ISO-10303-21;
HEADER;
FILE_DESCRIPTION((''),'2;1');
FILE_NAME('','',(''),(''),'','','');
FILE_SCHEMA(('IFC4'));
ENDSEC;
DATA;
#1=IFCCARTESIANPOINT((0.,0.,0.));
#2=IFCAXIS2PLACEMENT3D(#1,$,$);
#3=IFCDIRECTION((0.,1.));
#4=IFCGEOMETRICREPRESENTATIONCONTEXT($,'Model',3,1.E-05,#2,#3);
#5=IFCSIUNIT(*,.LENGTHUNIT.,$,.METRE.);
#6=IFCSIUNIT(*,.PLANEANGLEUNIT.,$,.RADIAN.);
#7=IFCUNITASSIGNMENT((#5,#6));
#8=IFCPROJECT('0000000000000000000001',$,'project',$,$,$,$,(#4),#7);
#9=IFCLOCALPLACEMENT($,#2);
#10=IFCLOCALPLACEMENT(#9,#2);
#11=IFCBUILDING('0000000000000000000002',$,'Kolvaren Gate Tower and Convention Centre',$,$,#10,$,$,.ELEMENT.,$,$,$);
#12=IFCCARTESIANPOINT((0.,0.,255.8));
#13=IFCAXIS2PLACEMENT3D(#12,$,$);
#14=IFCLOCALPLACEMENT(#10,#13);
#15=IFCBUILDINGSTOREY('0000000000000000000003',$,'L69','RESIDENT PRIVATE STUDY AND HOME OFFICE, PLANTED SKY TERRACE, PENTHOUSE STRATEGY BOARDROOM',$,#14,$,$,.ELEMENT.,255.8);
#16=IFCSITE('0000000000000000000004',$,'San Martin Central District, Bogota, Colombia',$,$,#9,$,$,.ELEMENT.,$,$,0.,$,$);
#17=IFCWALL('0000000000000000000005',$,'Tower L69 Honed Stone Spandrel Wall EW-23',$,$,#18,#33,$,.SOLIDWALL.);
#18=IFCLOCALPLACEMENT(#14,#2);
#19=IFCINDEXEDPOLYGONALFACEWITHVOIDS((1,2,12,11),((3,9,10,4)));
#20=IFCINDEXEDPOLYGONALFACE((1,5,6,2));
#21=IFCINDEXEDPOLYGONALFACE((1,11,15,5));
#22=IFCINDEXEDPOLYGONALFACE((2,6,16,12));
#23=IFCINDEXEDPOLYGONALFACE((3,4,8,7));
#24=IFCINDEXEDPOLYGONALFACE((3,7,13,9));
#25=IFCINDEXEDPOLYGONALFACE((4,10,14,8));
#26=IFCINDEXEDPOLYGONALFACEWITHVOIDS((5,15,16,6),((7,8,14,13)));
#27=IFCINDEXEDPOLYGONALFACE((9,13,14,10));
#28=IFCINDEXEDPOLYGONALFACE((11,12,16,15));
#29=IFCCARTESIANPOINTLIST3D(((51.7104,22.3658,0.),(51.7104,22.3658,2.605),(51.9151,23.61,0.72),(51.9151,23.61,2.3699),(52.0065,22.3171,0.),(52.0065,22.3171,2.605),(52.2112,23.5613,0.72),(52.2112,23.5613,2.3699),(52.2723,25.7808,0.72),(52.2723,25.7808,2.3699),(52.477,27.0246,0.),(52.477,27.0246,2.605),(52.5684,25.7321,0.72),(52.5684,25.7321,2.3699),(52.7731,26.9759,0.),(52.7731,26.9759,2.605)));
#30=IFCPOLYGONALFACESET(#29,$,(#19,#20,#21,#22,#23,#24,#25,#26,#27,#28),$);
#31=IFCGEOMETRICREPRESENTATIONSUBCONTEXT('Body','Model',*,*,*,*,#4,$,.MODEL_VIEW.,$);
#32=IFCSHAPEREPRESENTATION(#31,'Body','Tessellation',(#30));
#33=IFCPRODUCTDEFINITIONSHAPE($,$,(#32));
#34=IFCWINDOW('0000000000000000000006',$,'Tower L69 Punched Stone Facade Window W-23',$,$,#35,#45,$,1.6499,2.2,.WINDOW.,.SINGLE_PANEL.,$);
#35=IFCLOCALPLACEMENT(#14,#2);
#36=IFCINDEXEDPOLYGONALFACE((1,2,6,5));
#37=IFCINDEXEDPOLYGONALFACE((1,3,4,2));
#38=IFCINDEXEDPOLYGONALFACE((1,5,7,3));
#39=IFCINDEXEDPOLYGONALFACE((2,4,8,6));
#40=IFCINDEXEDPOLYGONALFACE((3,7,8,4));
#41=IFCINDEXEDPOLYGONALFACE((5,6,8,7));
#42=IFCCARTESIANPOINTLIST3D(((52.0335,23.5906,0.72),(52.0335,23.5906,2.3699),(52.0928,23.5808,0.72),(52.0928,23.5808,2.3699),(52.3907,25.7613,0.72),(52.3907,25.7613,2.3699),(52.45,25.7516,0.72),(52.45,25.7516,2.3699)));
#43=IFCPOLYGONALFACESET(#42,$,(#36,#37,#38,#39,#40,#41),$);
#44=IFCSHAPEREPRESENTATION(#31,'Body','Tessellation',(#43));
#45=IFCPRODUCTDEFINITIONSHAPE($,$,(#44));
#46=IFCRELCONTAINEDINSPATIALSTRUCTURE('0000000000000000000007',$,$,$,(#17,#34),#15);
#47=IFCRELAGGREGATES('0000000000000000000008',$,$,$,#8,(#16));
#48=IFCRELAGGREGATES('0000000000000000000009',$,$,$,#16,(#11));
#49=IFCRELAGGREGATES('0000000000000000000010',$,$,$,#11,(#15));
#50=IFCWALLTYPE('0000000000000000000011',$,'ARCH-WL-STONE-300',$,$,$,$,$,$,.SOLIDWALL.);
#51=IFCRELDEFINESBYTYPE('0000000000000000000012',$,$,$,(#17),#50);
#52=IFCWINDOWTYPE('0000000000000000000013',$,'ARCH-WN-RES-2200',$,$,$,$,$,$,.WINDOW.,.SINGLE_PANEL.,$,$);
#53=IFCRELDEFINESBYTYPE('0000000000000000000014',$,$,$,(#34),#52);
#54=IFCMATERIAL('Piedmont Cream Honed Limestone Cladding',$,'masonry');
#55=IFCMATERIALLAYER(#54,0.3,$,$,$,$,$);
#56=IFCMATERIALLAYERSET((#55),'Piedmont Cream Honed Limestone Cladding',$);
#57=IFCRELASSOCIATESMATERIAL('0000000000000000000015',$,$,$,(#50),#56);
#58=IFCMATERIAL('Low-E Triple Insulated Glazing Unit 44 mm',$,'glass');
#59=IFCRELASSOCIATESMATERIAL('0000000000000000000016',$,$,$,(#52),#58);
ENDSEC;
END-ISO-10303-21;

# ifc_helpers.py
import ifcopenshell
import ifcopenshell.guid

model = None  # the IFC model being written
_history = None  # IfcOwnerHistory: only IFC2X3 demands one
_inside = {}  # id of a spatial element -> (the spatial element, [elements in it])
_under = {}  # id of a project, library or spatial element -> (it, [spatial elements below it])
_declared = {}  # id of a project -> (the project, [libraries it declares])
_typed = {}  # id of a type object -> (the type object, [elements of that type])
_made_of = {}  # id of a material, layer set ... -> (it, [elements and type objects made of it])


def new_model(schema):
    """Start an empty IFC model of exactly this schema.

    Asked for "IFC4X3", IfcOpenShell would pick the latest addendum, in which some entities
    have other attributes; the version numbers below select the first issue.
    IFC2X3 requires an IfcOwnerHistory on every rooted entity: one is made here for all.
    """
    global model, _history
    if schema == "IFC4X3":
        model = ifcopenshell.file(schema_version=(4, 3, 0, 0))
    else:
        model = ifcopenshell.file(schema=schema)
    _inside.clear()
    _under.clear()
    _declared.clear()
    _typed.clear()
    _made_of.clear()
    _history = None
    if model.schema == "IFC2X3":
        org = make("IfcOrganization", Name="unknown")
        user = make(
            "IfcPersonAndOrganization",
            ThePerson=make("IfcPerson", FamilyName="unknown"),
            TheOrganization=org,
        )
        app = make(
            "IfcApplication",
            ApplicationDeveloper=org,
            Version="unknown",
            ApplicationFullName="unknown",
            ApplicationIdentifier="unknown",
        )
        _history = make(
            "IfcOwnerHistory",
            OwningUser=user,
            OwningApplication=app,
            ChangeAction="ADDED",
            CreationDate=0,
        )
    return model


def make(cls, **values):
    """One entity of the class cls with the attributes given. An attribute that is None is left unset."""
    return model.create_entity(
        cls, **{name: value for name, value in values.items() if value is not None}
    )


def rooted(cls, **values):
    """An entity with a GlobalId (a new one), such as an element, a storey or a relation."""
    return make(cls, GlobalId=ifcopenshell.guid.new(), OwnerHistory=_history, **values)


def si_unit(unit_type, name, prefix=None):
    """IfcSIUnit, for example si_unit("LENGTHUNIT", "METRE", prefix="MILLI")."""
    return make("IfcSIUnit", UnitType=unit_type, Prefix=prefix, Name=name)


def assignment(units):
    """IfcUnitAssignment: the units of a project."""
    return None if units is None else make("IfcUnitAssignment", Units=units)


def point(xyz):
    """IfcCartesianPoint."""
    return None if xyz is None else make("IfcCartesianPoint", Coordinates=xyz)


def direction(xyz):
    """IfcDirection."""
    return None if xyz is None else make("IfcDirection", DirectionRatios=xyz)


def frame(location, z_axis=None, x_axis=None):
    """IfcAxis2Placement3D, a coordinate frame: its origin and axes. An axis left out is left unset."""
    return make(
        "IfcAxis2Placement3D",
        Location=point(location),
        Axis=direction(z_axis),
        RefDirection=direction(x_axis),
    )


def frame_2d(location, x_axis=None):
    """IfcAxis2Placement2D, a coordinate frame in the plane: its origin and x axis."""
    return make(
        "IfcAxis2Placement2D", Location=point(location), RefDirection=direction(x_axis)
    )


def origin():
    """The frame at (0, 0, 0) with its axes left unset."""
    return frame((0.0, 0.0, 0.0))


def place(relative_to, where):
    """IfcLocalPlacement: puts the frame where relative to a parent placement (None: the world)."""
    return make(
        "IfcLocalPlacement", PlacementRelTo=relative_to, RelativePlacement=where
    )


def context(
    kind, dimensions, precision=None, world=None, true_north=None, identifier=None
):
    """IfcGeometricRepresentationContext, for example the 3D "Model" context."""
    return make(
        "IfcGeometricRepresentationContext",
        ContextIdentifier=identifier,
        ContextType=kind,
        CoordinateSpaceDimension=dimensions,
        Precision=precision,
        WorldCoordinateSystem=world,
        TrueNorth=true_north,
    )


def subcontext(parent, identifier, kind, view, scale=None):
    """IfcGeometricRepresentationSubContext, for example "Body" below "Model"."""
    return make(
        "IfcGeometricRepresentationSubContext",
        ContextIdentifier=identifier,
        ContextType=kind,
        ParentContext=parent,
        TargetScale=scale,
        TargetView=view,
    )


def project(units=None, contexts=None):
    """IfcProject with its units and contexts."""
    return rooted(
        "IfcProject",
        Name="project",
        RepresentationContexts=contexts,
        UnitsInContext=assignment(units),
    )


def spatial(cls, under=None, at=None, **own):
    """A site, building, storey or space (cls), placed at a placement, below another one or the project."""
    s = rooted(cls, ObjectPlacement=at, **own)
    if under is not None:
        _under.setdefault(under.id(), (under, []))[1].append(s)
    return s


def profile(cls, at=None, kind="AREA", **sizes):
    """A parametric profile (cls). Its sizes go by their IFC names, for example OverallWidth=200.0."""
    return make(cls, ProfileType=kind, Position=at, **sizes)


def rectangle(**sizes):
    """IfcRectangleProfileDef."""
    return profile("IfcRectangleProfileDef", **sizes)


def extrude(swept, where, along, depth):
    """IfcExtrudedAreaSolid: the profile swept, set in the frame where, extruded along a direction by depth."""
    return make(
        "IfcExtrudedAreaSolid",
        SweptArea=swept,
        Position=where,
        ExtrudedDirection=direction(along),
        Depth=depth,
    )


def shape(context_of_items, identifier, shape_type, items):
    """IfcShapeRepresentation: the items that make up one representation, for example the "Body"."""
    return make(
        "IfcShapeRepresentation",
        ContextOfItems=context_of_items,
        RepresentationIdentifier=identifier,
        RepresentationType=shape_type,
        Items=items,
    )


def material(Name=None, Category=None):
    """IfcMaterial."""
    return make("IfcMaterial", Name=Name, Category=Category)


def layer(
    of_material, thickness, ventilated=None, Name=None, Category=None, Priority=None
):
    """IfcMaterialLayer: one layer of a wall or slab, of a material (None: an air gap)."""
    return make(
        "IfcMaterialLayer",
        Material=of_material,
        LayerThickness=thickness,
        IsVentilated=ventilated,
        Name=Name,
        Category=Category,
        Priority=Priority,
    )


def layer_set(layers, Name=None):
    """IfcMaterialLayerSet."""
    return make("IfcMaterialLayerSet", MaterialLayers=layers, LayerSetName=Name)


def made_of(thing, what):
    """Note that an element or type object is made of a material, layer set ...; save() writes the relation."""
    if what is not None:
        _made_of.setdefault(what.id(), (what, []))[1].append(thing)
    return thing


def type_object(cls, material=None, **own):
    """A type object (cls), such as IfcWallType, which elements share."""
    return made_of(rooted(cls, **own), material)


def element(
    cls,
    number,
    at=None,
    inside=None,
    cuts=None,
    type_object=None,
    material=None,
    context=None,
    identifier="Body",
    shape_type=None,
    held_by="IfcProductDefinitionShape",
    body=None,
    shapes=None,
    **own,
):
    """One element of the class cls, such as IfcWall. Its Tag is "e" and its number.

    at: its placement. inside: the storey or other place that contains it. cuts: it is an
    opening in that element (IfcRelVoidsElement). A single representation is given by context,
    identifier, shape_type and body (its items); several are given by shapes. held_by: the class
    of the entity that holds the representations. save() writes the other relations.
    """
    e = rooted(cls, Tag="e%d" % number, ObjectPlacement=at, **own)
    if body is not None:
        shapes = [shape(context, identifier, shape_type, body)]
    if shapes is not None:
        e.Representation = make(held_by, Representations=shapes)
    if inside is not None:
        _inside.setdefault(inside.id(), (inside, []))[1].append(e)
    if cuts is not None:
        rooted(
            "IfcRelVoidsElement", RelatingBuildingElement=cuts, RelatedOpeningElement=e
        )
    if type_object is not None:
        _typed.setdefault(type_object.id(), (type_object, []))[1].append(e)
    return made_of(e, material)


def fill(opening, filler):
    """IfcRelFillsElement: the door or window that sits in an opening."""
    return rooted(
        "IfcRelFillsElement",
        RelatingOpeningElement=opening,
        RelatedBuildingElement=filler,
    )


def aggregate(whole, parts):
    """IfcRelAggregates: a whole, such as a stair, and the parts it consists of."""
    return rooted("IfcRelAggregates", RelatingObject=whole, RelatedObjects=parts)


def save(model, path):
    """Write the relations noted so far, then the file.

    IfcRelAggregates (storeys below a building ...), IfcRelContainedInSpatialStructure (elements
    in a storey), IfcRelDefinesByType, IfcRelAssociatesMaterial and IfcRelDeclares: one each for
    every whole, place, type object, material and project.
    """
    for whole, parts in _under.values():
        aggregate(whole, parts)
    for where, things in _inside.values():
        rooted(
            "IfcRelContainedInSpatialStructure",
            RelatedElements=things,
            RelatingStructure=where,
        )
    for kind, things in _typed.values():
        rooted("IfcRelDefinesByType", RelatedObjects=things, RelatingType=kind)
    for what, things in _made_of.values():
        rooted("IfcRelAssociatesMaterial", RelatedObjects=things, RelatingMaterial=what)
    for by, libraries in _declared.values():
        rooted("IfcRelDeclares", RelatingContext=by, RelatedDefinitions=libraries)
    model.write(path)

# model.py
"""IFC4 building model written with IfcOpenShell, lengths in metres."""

from ifc_helpers import new_model, si_unit, direction, frame, frame_2d, origin, place, context, subcontext, project, spatial, rectangle, extrude, material, layer, layer_set, type_object, element, fill, save


model = new_model("IFC4")

# Units and contexts
model_context = context("Model", 3, precision=1e-05, world=origin(), true_north=direction((0.0, 1.0)))
body_context = subcontext(model_context, "Body", "Model", "MODEL_VIEW")
ifc_project = project(units=[si_unit("LENGTHUNIT", "METRE"), si_unit("PLANEANGLEUNIT", "RADIAN")], contexts=[model_context])

# Site, building, storey
site_placement = place(None, origin())
site = spatial("IfcSite", under=ifc_project, at=site_placement, Name="San Martin Central District, Bogota, Colombia", CompositionType="ELEMENT", RefElevation=0.0)
building_placement = place(site_placement, origin())
building = spatial("IfcBuilding", under=site, at=building_placement, Name="Kolvaren Gate Tower and Convention Centre", CompositionType="ELEMENT")
storey_placement = place(building_placement, frame((0.0, 0.0, 255.8)))
storey = spatial("IfcBuildingStorey", under=building, at=storey_placement, Name="L69", Description="RESIDENT PRIVATE STUDY AND HOME OFFICE, PLANTED SKY TERRACE, PENTHOUSE STRATEGY BOARDROOM", CompositionType="ELEMENT", Elevation=255.8)

# Shared definitions
ifc_material_1 = material(Name="Piedmont Cream Honed Limestone Cladding", Category="masonry")

# Shared definitions
ifc_layer_1 = layer(ifc_material_1, 0.3)
ifc_layer_set_1 = layer_set([ifc_layer_1], Name="Piedmont Cream Honed Limestone Cladding")
wall_type_1 = type_object("IfcWallType", Name="ARCH-WL-STONE-300", PredefinedType="SOLIDWALL", material=ifc_layer_set_1)
ifc_material_2 = material(Name="Low-E Triple Insulated Glazing Unit 44 mm", Category="glass")
window_type = type_object("IfcWindowType", Name="ARCH-WN-RES-2200", PartitioningType="SINGLE_PANEL", PredefinedType="WINDOW", material=ifc_material_2)

# Wall, opening, window
wall_1_placement = place(storey_placement, frame((51.8584, 22.3413, 0.0), z_axis=(0.0, 0.0, 1.0), x_axis=(0.162369, 0.98673, 0.0)))
wall_1 = element("IfcWall", 1, at=wall_1_placement, inside=storey, type_object=wall_type_1, Name="Tower L69 Honed Stone Spandrel Wall EW-23", PredefinedType="SOLIDWALL", context=body_context, shape_type="SweptSolid", body=[
    extrude(rectangle(XDim=4.7214, YDim=0.3, at=frame_2d((2.3608, 0.0))), origin(), (0.0, 0.0, 1.0), 2.605),
])
opening_1_placement = place(wall_1_placement, frame((1.261, 0.0, 0.72)))
opening_1 = element("IfcOpeningElement", 2, at=opening_1_placement, cuts=wall_1, PredefinedType="OPENING", context=body_context, shape_type="SweptSolid", body=[
    extrude(rectangle(XDim=2.2, YDim=1.6499, at=frame_2d((1.1001, 0.825))), frame((0.0, 0.1599, 0.0), z_axis=(0.0, -1.0, 0.0), x_axis=(1.0, 0.0, 0.0)), (0.0, 0.0, 1.0), 0.3201),
])
window_1_placement = place(opening_1_placement, origin())
window_1 = element("IfcWindow", 3, at=window_1_placement, inside=storey, type_object=window_type, Name="Tower L69 Punched Stone Facade Window W-23", OverallHeight=1.6499, OverallWidth=2.2, PartitioningType="SINGLE_PANEL", PredefinedType="WINDOW", context=body_context, shape_type="SweptSolid", body=[
    extrude(rectangle(XDim=2.2, YDim=1.6499, at=frame_2d((1.1001, 0.825))), frame((0.0, 0.03, 0.0), z_axis=(0.0, -1.0, 0.0), x_axis=(1.0, 0.0, 0.0)), (0.0, 0.0, 1.0), 0.0601),
])
fill(opening_1, window_1)

save(model, "model.ifc")
